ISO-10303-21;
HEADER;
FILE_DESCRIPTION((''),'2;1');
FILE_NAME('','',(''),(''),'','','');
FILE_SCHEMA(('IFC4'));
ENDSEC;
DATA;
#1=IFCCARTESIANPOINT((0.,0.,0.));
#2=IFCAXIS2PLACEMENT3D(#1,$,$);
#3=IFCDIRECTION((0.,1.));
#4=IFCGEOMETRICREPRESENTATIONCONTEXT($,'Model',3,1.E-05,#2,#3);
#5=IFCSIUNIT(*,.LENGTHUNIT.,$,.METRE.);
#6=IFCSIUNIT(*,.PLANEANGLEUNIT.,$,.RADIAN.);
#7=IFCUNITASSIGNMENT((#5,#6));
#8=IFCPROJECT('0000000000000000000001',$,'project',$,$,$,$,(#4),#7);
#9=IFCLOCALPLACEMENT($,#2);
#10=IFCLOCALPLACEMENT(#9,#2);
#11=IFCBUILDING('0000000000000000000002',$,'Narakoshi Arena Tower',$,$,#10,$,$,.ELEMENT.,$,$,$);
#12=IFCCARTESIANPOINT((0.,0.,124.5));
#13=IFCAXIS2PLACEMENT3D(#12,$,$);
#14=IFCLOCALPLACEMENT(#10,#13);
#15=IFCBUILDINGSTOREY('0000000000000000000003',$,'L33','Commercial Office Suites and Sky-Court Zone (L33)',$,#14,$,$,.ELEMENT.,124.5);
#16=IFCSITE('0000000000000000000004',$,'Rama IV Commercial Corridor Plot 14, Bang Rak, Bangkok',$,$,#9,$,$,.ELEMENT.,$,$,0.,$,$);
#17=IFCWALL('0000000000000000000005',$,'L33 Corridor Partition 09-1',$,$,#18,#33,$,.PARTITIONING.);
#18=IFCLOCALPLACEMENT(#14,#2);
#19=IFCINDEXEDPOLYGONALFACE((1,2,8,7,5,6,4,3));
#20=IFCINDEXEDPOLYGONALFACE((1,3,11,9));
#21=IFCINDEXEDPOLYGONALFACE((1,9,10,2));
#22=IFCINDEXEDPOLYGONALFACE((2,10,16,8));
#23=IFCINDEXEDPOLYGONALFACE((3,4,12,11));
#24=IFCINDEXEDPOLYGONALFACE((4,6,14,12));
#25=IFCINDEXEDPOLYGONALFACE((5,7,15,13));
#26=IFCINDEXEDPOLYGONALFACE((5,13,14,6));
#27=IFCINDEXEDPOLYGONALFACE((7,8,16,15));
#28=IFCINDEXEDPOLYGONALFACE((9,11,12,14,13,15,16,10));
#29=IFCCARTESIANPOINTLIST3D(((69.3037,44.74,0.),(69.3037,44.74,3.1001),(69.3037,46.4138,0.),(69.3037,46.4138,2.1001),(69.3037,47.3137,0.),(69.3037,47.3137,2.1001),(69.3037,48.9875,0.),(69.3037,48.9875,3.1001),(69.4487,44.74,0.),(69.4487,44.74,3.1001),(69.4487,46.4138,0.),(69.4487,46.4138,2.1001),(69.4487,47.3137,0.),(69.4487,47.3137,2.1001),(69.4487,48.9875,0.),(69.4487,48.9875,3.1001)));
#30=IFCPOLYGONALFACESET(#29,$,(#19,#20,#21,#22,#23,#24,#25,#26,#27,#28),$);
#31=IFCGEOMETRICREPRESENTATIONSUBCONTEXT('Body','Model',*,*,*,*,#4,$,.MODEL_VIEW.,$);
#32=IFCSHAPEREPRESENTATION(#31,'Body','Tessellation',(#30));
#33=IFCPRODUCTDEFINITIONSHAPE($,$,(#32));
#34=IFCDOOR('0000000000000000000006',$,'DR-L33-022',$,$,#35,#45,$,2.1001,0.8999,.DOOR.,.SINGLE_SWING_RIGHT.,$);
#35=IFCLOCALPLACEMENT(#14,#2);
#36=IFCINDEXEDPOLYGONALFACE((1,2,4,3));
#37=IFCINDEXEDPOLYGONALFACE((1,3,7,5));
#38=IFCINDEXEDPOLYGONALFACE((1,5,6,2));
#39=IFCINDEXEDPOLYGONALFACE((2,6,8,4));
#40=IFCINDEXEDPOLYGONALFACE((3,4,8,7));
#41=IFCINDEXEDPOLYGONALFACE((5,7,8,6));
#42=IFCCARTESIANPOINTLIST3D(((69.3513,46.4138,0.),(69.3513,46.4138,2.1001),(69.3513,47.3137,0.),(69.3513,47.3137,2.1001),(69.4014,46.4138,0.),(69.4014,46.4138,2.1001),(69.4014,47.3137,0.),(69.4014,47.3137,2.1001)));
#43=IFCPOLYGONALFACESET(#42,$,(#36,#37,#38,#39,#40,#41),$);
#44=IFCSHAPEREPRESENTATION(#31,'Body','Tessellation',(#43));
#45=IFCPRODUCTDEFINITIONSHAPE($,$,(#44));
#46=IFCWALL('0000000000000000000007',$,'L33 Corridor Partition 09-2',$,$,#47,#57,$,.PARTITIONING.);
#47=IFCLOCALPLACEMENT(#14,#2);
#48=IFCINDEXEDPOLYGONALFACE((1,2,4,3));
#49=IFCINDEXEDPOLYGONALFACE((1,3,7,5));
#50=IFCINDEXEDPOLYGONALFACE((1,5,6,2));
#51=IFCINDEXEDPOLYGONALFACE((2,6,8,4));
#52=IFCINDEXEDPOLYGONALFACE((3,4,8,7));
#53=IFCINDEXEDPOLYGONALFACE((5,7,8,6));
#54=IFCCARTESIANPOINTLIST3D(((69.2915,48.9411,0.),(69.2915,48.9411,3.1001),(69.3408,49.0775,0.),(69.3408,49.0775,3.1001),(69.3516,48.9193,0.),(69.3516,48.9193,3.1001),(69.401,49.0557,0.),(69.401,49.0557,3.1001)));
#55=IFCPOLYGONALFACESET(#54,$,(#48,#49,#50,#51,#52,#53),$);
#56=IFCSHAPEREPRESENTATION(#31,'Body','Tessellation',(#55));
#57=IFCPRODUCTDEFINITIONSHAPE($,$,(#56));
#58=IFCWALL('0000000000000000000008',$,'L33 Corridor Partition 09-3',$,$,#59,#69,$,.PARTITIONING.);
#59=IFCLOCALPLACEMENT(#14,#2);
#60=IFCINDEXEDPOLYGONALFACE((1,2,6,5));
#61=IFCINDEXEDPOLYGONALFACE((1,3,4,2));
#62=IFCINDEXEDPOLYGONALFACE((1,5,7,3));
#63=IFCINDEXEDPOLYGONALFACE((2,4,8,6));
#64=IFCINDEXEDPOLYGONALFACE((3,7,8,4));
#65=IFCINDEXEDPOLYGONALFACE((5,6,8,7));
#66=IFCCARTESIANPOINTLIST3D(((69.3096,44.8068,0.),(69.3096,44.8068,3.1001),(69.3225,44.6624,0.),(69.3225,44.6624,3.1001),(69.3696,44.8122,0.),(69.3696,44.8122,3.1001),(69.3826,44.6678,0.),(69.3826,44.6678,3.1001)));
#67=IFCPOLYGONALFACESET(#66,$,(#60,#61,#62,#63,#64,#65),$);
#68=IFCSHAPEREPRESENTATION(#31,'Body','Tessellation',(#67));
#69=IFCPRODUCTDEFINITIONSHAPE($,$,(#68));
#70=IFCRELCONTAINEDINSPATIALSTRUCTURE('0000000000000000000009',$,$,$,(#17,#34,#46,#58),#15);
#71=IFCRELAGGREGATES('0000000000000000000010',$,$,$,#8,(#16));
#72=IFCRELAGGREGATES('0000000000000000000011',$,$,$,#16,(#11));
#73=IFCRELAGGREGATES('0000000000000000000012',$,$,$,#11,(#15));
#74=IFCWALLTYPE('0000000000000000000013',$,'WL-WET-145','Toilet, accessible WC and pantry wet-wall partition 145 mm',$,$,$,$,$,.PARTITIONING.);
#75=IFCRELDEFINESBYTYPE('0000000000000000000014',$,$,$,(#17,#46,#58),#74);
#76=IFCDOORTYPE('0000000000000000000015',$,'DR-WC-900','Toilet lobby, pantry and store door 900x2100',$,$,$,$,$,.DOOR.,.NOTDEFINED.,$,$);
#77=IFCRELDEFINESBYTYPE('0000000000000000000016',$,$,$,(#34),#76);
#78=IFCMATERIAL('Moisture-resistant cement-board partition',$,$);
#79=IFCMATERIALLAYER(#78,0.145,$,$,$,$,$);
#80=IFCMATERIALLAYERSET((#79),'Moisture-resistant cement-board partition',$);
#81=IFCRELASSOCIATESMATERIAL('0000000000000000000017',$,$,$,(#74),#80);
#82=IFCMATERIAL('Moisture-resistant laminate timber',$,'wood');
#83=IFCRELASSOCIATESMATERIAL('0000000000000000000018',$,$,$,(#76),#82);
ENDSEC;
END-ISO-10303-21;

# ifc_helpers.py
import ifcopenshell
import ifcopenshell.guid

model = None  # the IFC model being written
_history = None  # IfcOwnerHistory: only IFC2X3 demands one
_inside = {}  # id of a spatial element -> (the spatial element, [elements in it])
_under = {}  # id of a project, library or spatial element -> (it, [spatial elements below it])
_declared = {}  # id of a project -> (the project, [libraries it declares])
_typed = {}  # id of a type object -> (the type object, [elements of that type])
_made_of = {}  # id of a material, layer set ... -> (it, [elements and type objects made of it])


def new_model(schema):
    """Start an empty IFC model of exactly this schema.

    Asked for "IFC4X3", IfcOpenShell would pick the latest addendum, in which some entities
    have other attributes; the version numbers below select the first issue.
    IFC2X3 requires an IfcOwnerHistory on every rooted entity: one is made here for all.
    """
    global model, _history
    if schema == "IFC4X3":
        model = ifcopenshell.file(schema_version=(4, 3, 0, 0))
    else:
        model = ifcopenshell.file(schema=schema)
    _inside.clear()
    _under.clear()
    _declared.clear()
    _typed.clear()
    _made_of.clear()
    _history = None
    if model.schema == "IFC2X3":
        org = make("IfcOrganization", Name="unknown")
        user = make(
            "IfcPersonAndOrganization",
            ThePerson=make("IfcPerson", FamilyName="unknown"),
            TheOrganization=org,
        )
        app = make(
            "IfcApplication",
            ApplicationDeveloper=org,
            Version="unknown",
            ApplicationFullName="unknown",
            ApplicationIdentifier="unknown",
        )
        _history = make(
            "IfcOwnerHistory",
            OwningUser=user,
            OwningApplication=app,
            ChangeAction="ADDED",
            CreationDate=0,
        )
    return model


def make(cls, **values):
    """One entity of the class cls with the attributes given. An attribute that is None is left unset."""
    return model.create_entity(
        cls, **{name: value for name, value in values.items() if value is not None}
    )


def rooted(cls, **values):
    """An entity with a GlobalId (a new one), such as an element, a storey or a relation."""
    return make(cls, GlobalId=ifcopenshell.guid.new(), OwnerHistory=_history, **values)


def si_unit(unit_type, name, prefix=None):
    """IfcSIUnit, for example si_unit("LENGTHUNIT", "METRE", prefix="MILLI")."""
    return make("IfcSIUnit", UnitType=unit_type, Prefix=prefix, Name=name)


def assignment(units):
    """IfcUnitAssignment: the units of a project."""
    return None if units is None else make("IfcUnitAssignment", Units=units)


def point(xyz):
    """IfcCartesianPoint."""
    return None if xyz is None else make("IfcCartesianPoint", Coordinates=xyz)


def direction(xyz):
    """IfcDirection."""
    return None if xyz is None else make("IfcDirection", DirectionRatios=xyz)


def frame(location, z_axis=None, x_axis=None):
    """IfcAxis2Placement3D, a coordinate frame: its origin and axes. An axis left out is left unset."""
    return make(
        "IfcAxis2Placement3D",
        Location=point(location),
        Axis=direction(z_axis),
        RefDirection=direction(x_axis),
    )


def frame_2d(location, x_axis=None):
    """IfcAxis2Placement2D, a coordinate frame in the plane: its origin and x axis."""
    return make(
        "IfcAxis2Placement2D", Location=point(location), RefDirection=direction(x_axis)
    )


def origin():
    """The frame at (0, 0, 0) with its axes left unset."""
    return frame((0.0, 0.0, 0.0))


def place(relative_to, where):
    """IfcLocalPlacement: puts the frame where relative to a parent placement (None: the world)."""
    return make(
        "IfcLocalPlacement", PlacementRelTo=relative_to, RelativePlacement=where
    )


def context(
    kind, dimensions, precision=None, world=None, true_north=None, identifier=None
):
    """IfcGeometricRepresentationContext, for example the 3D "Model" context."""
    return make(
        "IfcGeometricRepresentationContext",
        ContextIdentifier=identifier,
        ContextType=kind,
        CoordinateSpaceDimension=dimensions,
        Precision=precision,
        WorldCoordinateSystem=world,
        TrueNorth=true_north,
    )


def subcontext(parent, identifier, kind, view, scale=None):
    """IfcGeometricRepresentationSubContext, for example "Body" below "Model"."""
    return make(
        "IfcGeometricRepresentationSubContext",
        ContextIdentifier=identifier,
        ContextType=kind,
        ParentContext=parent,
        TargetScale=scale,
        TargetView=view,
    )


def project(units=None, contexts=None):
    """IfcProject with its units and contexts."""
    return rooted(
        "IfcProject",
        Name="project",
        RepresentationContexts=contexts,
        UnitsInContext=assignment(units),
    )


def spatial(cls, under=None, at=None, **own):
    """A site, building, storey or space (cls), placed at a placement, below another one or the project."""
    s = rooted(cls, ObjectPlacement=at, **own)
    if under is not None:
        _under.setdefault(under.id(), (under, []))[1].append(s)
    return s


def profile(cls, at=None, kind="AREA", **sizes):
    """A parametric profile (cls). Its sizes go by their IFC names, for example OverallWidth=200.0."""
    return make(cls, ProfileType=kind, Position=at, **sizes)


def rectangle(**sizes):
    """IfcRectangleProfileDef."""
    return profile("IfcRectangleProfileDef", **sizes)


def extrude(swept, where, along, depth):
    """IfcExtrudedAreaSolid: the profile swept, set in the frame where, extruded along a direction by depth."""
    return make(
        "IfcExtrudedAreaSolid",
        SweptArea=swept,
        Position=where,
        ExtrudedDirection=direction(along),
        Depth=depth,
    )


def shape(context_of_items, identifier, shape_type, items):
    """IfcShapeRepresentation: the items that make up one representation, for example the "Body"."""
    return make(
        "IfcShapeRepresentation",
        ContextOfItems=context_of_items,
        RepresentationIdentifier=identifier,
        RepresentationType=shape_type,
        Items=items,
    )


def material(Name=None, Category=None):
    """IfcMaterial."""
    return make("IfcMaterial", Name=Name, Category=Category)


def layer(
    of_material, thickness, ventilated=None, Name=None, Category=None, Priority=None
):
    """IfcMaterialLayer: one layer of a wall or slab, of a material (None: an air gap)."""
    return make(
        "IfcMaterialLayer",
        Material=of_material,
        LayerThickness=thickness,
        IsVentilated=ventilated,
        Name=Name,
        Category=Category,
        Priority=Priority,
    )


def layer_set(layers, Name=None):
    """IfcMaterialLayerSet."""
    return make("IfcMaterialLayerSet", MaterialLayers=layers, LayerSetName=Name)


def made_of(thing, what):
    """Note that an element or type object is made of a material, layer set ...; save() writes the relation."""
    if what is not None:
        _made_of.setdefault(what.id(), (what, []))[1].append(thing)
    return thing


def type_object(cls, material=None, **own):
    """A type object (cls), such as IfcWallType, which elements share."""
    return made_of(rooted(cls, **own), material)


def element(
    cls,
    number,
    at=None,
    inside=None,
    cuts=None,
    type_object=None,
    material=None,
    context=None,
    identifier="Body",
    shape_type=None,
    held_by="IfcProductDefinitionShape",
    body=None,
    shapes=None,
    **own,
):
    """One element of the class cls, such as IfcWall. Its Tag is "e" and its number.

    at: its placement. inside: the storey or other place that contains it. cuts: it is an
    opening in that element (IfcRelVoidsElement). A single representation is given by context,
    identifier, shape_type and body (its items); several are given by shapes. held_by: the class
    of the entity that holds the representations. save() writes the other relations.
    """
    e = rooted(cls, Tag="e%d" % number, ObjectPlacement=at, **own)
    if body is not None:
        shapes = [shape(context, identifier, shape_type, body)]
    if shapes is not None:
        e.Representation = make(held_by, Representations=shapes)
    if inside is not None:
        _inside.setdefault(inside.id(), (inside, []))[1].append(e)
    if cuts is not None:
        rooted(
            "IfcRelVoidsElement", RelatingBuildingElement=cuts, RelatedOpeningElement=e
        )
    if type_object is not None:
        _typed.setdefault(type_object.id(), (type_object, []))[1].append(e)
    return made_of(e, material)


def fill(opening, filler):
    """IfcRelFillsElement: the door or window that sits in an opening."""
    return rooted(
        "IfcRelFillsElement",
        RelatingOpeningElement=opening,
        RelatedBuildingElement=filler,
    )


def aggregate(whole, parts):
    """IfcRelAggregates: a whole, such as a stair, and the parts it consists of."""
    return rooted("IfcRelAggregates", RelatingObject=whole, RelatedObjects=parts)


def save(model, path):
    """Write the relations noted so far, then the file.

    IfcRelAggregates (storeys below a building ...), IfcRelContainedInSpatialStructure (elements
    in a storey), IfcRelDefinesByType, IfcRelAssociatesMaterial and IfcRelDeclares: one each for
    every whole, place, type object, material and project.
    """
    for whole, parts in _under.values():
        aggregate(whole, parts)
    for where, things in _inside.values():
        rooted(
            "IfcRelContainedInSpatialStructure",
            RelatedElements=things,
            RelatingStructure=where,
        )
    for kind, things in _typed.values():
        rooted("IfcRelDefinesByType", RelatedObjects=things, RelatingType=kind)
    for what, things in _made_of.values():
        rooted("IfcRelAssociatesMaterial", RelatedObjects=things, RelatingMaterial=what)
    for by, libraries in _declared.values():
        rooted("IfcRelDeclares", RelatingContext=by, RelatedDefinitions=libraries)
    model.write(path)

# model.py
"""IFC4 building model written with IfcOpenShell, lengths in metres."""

from ifc_helpers import new_model, si_unit, direction, frame, frame_2d, origin, place, context, subcontext, project, spatial, rectangle, extrude, material, layer, layer_set, type_object, element, fill, save


model = new_model("IFC4")

# Units and contexts
model_context = context("Model", 3, precision=1e-05, world=origin(), true_north=direction((0.0, 1.0)))
body_context = subcontext(model_context, "Body", "Model", "MODEL_VIEW")
ifc_project = project(units=[si_unit("LENGTHUNIT", "METRE"), si_unit("PLANEANGLEUNIT", "RADIAN")], contexts=[model_context])

# Site, building, storey
site_placement = place(None, origin())
site = spatial("IfcSite", under=ifc_project, at=site_placement, Name="Rama IV Commercial Corridor Plot 14, Bang Rak, Bangkok", CompositionType="ELEMENT", RefElevation=0.0)
building_placement = place(site_placement, origin())
building = spatial("IfcBuilding", under=site, at=building_placement, Name="Narakoshi Arena Tower", CompositionType="ELEMENT")
storey_placement = place(building_placement, frame((0.0, 0.0, 124.5)))
storey = spatial("IfcBuildingStorey", under=building, at=storey_placement, Name="L33", Description="Commercial Office Suites and Sky-Court Zone (L33)", CompositionType="ELEMENT", Elevation=124.5)

# Shared definitions
ifc_material_1 = material(Name="Moisture-resistant cement-board partition")
ifc_layer_1 = layer(ifc_material_1, 0.145)
ifc_layer_set_1 = layer_set([ifc_layer_1], Name="Moisture-resistant cement-board partition")
wall_type_1 = type_object("IfcWallType", Name="WL-WET-145", Description="Toilet, accessible WC and pantry wet-wall partition 145 mm", PredefinedType="PARTITIONING", material=ifc_layer_set_1)

# Wall, opening, door
wall_1_placement = place(storey_placement, frame((69.3762, 48.9875, 0.0), z_axis=(0.0, 0.0, 1.0), x_axis=(0.0, -1.0, 0.0)))
wall_1 = element("IfcWall", 1, at=wall_1_placement, inside=storey, type_object=wall_type_1, Name="L33 Corridor Partition 09-1", PredefinedType="PARTITIONING", context=body_context, shape_type="SweptSolid", body=[
    extrude(rectangle(XDim=4.2476, YDim=0.145, at=frame_2d((2.1238, 0.0))), origin(), (0.0, 0.0, 1.0), 3.1001),
])
opening_1_placement = place(wall_1_placement, frame((1.6738, 0.0, 0.0)))
opening_1 = element("IfcOpeningElement", 2, at=opening_1_placement, cuts=wall_1, PredefinedType="OPENING", context=body_context, shape_type="SweptSolid", body=[
    extrude(rectangle(XDim=0.8999, YDim=2.1001, at=frame_2d((0.45, 1.05))), frame((0.0, 0.0825, 0.0), z_axis=(0.0, -1.0, 0.0), x_axis=(1.0, 0.0, 0.0)), (0.0, 0.0, 1.0), 0.165),
])
ifc_material_2 = material(Name="Moisture-resistant laminate timber", Category="wood")
door_type_1 = type_object("IfcDoorType", Name="DR-WC-900", Description="Toilet lobby, pantry and store door 900x2100", OperationType="NOTDEFINED", PredefinedType="DOOR", material=ifc_material_2)
door_1_placement = place(opening_1_placement, frame((0.8999, 0.0, 0.0), z_axis=(0.0, 0.0, 1.0), x_axis=(-1.0, 0.0, 0.0)))
door_1 = element("IfcDoor", 3, at=door_1_placement, inside=storey, type_object=door_type_1, Name="DR-L33-022", OperationType="SINGLE_SWING_RIGHT", OverallHeight=2.1001, OverallWidth=0.8999, PredefinedType="DOOR", context=body_context, shape_type="SweptSolid", body=[
    extrude(rectangle(XDim=0.8999, YDim=2.1001, at=frame_2d((0.45, 1.05))), frame((0.0, 0.0249, 0.0), z_axis=(0.0, -1.0, 0.0), x_axis=(1.0, 0.0, 0.0)), (0.0, 0.0, 1.0), 0.05),
])
fill(opening_1, door_1)

# Walls
wall_2_placement = place(storey_placement, frame((69.3162, 49.0093, 0.0), z_axis=(0.0, 0.0, 1.0), x_axis=(0.94035, -0.340208, 0.0)))
element("IfcWall", 4, at=wall_2_placement, inside=storey, type_object=wall_type_1, Name="L33 Corridor Partition 09-2", PredefinedType="PARTITIONING", context=body_context, shape_type="SweptSolid", body=[
    extrude(rectangle(XDim=0.064, YDim=0.145, at=frame_2d((0.032, 0.0))), origin(), (0.0, 0.0, 1.0), 3.1001),
])
wall_3_placement = place(storey_placement, frame((69.3762, 44.74, 0.0), z_axis=(0.0, 0.0, 1.0), x_axis=(-0.996025, -0.089075, 0.0)))
element("IfcWall", 5, at=wall_3_placement, inside=storey, type_object=wall_type_1, Name="L33 Corridor Partition 09-3", PredefinedType="PARTITIONING", context=body_context, shape_type="SweptSolid", body=[
    extrude(rectangle(XDim=0.0603, YDim=0.145, at=frame_2d((0.0303, 0.0))), origin(), (0.0, 0.0, 1.0), 3.1001),
])

save(model, "model.ifc")
